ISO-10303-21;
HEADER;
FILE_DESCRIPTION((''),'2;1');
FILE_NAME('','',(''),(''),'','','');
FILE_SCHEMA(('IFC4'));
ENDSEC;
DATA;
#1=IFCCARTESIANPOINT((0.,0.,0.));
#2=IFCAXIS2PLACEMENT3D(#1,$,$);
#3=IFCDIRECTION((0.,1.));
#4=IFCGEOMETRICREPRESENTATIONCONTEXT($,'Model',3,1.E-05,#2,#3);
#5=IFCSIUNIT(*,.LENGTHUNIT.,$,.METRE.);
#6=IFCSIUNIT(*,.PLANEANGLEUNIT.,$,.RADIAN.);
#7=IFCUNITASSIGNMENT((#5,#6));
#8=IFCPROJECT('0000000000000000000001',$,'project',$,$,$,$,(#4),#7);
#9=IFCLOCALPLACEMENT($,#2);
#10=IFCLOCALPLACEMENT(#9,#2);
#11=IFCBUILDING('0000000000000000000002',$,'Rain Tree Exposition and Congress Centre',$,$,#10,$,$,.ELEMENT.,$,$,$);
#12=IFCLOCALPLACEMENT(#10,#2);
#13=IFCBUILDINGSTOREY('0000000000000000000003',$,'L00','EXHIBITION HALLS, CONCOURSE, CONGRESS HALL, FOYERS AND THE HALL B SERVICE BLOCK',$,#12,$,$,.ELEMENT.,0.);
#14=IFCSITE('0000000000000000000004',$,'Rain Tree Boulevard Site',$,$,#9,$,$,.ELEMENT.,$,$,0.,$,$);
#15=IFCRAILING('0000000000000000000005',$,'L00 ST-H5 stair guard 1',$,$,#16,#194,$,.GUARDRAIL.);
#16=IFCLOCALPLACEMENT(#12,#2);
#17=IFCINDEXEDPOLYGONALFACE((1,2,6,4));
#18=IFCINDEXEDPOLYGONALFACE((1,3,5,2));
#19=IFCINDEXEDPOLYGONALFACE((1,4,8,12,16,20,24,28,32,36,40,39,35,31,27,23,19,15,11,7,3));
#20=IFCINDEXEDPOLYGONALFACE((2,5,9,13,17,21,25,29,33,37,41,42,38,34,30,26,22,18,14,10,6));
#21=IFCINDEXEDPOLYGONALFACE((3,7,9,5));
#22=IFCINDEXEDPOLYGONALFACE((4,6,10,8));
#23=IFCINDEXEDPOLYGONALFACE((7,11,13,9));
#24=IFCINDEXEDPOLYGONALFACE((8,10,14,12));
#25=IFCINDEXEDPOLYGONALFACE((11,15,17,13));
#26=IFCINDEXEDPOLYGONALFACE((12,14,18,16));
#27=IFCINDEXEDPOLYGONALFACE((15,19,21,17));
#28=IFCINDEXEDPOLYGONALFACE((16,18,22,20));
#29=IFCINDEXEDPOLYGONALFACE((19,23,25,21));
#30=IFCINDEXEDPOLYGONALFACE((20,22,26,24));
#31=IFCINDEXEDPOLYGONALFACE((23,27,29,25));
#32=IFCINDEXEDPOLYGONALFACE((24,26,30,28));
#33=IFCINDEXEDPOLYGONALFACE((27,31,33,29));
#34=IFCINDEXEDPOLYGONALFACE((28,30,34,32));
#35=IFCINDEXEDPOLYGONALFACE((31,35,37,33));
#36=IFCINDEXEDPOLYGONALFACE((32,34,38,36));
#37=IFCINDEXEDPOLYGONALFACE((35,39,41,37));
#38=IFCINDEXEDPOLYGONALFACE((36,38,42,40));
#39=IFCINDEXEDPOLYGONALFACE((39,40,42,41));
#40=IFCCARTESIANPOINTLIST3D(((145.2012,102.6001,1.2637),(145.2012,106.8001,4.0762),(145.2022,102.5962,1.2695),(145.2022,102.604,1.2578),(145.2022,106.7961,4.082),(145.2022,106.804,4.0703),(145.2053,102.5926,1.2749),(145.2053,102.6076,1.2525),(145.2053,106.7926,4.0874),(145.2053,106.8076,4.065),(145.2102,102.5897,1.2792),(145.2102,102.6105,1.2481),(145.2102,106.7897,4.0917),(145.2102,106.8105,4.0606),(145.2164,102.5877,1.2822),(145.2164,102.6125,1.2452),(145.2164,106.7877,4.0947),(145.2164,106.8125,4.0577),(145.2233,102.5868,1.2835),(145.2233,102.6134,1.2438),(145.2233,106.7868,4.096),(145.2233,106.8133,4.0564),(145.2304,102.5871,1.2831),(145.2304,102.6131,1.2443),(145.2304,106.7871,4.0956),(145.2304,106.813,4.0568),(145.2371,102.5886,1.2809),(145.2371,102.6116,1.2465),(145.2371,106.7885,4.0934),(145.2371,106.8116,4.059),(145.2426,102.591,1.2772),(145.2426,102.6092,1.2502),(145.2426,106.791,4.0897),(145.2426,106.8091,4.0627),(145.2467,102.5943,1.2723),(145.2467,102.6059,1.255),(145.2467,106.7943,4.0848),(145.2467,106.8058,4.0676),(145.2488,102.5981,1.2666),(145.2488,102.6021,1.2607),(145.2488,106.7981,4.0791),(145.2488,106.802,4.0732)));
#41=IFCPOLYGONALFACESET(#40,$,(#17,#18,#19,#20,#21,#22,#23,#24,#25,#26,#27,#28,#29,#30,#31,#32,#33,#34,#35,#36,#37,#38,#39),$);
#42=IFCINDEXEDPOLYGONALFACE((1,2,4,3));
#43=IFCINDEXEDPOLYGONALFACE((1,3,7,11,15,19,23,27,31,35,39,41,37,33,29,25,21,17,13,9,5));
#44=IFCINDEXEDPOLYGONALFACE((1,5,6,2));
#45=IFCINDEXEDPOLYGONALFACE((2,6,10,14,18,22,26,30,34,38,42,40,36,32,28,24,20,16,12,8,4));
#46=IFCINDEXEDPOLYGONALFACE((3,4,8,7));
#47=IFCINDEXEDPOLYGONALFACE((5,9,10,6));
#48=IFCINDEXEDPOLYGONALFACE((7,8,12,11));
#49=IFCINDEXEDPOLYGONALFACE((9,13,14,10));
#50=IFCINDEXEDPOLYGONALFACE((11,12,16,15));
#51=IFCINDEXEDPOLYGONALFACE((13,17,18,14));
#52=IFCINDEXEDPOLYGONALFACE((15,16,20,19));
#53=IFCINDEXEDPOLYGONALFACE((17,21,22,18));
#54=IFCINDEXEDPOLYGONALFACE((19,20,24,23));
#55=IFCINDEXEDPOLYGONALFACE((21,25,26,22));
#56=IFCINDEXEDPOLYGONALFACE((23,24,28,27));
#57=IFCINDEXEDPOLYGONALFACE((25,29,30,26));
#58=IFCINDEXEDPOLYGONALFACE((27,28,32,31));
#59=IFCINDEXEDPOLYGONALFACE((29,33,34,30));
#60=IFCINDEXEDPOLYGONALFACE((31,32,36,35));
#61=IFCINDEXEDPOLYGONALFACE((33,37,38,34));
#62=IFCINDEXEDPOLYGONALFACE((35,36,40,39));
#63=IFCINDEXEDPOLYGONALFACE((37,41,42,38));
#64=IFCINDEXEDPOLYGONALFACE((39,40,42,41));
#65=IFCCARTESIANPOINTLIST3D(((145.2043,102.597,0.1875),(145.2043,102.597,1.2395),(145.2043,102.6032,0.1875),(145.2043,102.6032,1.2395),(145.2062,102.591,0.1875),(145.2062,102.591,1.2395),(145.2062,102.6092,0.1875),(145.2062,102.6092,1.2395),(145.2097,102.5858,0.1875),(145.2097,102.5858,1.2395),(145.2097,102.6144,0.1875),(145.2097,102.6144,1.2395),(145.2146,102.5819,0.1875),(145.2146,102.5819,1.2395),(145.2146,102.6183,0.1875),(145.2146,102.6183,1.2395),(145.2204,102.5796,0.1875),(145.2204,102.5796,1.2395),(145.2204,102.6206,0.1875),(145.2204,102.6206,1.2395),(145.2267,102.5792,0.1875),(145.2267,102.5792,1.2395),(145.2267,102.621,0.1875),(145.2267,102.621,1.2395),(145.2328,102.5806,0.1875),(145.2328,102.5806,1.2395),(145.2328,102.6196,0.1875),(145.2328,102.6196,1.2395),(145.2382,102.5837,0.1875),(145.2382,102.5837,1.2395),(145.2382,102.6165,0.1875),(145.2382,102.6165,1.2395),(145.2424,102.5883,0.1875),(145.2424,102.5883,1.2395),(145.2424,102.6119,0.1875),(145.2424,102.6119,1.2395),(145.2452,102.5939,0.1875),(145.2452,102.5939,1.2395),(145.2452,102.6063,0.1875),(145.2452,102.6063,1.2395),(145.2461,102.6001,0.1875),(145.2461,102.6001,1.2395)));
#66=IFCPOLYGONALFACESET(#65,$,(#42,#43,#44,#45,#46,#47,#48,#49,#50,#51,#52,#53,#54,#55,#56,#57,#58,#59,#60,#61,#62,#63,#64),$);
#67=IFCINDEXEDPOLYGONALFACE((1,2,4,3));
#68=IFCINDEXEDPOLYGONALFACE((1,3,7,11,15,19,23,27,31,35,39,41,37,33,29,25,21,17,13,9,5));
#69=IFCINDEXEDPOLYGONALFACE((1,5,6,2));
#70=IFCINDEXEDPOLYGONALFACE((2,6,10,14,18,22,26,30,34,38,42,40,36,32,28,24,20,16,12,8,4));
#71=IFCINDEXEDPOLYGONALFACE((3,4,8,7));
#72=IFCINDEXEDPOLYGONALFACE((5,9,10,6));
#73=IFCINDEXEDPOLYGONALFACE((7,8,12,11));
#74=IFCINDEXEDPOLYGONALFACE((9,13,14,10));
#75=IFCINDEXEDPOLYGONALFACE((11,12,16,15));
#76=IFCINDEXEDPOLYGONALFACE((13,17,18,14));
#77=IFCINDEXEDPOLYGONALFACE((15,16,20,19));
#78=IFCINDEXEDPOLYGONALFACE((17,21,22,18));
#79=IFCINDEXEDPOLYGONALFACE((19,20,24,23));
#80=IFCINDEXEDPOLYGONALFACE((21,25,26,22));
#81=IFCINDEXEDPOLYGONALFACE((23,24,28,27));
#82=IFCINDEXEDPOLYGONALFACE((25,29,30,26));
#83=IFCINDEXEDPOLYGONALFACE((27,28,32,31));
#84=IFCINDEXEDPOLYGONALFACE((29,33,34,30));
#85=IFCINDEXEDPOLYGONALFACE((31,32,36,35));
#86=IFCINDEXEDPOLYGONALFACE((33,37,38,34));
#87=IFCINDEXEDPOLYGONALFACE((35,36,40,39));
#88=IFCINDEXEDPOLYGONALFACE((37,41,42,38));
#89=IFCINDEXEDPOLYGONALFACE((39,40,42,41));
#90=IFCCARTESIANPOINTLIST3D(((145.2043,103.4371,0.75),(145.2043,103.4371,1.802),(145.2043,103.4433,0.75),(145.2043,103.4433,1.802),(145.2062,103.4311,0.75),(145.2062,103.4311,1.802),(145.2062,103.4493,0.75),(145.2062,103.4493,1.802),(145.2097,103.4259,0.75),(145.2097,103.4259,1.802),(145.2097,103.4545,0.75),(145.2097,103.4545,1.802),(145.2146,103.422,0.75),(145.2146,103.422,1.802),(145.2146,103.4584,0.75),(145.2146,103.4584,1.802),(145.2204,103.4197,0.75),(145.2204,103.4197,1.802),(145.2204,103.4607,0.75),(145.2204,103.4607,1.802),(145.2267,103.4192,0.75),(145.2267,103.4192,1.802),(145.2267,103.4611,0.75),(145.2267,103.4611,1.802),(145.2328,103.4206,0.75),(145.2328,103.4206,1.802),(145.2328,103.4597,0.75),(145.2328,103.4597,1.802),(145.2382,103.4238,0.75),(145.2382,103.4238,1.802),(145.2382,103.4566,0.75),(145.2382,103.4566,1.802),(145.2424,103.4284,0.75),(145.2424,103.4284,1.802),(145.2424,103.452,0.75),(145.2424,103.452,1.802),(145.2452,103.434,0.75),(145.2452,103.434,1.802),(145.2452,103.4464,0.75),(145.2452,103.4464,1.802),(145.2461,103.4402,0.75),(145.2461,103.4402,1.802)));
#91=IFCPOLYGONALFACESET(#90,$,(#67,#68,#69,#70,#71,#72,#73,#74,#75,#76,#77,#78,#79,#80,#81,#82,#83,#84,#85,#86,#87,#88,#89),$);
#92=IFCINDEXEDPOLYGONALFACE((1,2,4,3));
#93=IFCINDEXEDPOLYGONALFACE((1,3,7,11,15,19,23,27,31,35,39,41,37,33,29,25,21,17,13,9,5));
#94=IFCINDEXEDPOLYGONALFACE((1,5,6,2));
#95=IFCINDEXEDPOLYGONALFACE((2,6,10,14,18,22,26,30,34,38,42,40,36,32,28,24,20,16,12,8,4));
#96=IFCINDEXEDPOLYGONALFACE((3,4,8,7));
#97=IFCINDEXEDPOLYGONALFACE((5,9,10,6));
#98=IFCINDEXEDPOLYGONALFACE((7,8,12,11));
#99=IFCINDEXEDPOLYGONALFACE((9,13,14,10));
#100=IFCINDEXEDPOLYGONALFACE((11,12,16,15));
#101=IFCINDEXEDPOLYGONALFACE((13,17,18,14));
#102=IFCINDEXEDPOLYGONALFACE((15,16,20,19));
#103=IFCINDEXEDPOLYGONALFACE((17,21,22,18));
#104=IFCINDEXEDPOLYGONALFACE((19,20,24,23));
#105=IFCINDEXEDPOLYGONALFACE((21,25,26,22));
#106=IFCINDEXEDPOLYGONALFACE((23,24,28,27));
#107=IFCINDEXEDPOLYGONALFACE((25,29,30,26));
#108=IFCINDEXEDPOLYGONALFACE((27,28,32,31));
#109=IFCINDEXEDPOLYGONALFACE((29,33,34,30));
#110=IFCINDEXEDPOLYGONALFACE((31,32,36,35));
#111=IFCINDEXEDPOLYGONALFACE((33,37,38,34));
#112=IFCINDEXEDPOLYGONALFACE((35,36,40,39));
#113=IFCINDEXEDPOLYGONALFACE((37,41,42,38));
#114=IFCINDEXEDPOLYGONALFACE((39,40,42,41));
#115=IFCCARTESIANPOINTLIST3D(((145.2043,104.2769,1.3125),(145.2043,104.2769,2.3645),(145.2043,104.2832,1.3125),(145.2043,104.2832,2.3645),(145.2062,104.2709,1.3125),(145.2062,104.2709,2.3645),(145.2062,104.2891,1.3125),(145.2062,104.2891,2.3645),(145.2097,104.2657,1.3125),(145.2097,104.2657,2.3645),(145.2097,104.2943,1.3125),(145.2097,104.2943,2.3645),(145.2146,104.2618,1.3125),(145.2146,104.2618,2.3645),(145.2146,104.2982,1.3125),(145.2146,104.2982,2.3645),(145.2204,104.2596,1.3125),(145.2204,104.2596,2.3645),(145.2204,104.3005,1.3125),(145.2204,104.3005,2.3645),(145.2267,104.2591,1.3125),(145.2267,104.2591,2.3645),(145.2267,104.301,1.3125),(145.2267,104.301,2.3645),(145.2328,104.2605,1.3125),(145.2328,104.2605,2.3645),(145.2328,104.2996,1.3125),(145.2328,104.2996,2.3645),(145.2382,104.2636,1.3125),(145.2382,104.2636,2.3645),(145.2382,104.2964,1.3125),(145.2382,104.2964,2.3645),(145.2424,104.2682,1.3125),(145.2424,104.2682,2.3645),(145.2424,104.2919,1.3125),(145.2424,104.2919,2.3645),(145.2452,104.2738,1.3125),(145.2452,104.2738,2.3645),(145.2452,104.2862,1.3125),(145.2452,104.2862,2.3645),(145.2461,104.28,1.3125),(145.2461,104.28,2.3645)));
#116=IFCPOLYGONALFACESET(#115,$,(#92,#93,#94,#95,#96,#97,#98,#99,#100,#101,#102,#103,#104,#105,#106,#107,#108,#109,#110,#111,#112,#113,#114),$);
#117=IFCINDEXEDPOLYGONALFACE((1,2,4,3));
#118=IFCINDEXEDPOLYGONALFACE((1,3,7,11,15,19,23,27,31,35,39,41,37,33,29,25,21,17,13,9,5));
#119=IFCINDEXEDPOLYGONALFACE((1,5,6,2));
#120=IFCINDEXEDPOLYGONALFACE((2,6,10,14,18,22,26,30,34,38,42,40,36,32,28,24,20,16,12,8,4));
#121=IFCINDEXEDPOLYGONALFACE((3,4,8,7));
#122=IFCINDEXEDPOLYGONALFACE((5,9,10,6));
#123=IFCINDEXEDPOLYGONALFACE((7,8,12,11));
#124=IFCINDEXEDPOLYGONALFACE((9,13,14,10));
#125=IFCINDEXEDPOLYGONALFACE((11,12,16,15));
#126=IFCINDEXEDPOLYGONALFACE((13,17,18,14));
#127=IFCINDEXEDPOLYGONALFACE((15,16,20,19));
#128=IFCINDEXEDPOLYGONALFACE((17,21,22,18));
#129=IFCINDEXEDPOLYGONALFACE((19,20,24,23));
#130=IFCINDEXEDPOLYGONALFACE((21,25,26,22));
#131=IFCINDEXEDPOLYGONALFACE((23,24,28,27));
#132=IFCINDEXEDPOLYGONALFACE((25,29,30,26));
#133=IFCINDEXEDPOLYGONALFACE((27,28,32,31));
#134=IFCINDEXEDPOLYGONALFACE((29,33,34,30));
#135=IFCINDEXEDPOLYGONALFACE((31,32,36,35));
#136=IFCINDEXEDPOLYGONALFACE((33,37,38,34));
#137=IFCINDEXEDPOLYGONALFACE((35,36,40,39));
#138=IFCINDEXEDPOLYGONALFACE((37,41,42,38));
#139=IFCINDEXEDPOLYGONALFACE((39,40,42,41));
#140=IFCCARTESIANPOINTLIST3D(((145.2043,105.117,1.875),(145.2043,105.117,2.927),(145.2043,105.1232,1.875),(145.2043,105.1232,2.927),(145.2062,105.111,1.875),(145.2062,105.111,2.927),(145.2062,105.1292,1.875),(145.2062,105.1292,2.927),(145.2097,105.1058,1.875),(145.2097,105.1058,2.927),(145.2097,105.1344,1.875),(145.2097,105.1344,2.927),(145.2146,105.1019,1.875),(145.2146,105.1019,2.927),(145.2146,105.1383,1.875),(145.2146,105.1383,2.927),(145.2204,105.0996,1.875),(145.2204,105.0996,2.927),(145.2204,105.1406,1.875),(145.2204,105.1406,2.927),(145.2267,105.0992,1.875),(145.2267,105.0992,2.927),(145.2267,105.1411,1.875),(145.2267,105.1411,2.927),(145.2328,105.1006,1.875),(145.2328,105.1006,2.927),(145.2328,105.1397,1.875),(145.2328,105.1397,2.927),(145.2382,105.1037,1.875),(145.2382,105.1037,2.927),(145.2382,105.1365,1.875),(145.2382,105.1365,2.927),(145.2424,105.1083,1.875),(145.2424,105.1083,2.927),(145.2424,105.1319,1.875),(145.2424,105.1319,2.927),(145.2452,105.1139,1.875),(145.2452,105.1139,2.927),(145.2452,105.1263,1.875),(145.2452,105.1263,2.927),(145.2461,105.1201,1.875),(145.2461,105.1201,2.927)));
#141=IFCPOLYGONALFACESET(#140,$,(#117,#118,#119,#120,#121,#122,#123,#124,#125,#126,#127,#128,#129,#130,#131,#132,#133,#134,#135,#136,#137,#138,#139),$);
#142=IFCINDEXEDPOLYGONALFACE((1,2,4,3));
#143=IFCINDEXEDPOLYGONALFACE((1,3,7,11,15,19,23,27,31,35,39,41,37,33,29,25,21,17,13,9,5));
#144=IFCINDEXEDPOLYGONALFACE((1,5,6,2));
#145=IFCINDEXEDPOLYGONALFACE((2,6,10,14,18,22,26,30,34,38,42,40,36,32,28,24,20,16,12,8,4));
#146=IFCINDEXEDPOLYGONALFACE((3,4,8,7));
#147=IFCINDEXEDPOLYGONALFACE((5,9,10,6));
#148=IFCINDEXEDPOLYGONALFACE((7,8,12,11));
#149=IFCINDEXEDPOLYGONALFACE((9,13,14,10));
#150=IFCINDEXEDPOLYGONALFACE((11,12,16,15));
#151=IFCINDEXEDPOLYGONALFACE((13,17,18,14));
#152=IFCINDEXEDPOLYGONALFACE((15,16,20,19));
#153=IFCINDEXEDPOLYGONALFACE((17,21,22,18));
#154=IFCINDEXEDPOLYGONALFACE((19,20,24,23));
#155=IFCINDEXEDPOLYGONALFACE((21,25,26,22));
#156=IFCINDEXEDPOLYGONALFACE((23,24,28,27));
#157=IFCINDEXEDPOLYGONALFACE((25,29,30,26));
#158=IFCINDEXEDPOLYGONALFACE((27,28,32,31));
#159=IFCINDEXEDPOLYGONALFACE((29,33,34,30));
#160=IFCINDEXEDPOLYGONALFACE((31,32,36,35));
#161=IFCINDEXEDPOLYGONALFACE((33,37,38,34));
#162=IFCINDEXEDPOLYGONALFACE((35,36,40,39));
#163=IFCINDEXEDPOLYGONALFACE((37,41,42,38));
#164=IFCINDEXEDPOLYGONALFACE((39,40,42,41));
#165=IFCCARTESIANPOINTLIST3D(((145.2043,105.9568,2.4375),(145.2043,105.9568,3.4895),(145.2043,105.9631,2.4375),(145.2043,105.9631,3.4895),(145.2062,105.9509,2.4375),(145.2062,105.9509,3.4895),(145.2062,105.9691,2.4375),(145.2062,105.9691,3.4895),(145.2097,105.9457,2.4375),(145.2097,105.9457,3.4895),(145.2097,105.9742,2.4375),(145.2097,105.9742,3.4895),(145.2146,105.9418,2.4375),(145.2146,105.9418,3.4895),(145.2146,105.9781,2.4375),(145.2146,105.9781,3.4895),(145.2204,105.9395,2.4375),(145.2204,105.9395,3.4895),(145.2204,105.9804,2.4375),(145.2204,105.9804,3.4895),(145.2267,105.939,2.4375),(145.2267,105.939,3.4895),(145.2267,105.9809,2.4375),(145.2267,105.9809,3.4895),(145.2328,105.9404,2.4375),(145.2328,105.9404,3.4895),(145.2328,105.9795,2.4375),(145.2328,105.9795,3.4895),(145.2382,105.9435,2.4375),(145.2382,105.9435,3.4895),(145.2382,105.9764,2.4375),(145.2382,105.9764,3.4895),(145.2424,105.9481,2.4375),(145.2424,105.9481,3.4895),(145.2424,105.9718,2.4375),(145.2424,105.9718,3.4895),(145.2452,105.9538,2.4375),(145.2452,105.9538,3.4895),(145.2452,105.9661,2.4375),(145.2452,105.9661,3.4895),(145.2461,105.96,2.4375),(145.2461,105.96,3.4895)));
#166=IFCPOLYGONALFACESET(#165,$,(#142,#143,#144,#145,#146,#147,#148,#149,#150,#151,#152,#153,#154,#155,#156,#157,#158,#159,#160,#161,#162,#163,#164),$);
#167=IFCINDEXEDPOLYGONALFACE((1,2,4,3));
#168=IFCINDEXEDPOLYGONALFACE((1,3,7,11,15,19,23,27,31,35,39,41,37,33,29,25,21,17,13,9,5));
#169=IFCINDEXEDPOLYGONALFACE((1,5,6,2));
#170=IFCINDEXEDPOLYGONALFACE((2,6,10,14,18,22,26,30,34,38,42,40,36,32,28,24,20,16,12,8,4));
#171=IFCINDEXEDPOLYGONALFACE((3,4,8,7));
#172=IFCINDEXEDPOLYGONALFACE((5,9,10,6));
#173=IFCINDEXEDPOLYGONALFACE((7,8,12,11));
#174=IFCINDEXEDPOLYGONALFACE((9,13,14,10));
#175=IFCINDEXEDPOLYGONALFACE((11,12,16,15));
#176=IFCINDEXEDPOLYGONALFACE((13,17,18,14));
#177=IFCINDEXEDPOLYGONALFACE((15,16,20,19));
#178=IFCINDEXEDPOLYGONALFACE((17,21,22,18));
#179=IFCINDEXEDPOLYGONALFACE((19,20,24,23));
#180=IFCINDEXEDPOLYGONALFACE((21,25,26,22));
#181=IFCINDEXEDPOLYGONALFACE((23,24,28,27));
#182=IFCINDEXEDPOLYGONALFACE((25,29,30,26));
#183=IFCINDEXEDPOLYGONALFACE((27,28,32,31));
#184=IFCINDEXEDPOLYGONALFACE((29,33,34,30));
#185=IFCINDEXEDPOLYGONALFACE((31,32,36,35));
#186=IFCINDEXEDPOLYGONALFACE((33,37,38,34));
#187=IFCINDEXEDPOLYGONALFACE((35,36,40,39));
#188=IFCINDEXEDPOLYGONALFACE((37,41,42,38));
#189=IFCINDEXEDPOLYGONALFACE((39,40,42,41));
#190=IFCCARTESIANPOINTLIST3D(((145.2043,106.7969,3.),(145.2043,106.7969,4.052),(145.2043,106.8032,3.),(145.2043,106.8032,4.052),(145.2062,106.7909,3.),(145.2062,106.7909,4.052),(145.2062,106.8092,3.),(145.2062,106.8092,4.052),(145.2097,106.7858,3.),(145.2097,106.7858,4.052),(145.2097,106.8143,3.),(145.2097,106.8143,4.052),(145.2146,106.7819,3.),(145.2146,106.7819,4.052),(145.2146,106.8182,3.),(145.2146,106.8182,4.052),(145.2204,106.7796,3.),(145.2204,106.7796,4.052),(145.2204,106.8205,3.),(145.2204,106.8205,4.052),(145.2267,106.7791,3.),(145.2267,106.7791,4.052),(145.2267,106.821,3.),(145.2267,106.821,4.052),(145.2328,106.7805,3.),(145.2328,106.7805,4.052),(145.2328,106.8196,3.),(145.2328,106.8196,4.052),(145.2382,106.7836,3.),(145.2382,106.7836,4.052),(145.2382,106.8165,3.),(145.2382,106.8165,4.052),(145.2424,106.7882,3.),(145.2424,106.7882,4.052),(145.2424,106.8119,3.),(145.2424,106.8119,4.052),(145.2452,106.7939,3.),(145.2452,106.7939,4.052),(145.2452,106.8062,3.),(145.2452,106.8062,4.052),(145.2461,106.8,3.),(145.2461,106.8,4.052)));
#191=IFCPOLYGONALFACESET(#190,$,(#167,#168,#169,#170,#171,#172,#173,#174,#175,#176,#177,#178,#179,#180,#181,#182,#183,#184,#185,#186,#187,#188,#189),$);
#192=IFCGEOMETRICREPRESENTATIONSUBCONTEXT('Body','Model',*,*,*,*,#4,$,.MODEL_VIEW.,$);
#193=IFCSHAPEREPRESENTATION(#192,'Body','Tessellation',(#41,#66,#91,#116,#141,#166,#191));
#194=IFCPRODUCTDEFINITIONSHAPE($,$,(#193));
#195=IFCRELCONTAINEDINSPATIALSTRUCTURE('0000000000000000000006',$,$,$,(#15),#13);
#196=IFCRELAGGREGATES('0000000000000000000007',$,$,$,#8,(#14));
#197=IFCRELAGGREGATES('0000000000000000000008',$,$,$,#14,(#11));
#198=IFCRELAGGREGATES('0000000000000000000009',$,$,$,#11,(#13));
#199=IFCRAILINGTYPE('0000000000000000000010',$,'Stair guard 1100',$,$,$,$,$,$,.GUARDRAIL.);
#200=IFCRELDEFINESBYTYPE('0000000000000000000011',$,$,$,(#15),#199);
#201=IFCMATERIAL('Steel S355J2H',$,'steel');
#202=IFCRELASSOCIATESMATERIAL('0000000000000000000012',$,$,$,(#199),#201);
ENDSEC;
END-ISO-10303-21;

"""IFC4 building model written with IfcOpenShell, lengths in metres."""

from ifc_helpers import new_model, si_unit, direction, frame, origin, origin_2d, place, context, subcontext, project, spatial, circle, extrude, material, type_object, element, save


model = new_model("IFC4")

# Units and contexts
model_context = context("Model", 3, precision=1e-05, world=origin(), true_north=direction((0.0, 1.0)))
body_context = subcontext(model_context, "Body", "Model", "MODEL_VIEW")
ifc_project = project(units=[si_unit("LENGTHUNIT", "METRE"), si_unit("PLANEANGLEUNIT", "RADIAN")], contexts=[model_context])

# Site, building, storey
site_placement = place(None, origin())
site = spatial("IfcSite", under=ifc_project, at=site_placement, Name="Rain Tree Boulevard Site", CompositionType="ELEMENT", RefElevation=0.0)
building_placement = place(site_placement, origin())
building = spatial("IfcBuilding", under=site, at=building_placement, Name="Rain Tree Exposition and Congress Centre", CompositionType="ELEMENT")
storey_placement = place(building_placement, origin())
storey = spatial("IfcBuildingStorey", under=building, at=storey_placement, Name="L00", Description="EXHIBITION HALLS, CONCOURSE, CONGRESS HALL, FOYERS AND THE HALL B SERVICE BLOCK", CompositionType="ELEMENT", Elevation=0.0)

# Railing
ifc_material_1 = material(Name="Steel S355J2H", Category="steel")
railing_type_1 = type_object("IfcRailingType", Name="Stair guard 1100", PredefinedType="GUARDRAIL", material=ifc_material_1)
railing_1_placement = place(storey_placement, frame((145.2251, 102.6001, 0.1875)))
element("IfcRailing", 1, at=railing_1_placement, inside=storey, type_object=railing_type_1, Name="L00 ST-H5 stair guard 1", PredefinedType="GUARDRAIL", context=body_context, shape_type="SweptSolid", body=[
    extrude(circle(Radius=0.0239, at=origin_2d()), frame((0.0, 0.0, 1.0762), z_axis=(0.0, 0.830904, 0.556416), x_axis=(-1.0, 0.0, 0.0)), (0.0, 0.0, 1.0), 5.0547),
    extrude(circle(Radius=0.021, at=origin_2d()), origin(), (0.0, 0.0, 1.0), 1.052),
    extrude(circle(Radius=0.021, at=origin_2d()), frame((0.0, 0.8401, 0.5625)), (0.0, 0.0, 1.0), 1.052),
    extrude(circle(Radius=0.021, at=origin_2d()), frame((0.0, 1.6799, 1.125)), (0.0, 0.0, 1.0), 1.052),
    extrude(circle(Radius=0.021, at=origin_2d()), frame((0.0, 2.52, 1.6875)), (0.0, 0.0, 1.0), 1.052),
    extrude(circle(Radius=0.021, at=origin_2d()), frame((0.0, 3.3599, 2.25)), (0.0, 0.0, 1.0), 1.052),
    extrude(circle(Radius=0.021, at=origin_2d()), frame((0.0, 4.2, 2.8125)), (0.0, 0.0, 1.0), 1.052),
])

save(model, "model.ifc")
